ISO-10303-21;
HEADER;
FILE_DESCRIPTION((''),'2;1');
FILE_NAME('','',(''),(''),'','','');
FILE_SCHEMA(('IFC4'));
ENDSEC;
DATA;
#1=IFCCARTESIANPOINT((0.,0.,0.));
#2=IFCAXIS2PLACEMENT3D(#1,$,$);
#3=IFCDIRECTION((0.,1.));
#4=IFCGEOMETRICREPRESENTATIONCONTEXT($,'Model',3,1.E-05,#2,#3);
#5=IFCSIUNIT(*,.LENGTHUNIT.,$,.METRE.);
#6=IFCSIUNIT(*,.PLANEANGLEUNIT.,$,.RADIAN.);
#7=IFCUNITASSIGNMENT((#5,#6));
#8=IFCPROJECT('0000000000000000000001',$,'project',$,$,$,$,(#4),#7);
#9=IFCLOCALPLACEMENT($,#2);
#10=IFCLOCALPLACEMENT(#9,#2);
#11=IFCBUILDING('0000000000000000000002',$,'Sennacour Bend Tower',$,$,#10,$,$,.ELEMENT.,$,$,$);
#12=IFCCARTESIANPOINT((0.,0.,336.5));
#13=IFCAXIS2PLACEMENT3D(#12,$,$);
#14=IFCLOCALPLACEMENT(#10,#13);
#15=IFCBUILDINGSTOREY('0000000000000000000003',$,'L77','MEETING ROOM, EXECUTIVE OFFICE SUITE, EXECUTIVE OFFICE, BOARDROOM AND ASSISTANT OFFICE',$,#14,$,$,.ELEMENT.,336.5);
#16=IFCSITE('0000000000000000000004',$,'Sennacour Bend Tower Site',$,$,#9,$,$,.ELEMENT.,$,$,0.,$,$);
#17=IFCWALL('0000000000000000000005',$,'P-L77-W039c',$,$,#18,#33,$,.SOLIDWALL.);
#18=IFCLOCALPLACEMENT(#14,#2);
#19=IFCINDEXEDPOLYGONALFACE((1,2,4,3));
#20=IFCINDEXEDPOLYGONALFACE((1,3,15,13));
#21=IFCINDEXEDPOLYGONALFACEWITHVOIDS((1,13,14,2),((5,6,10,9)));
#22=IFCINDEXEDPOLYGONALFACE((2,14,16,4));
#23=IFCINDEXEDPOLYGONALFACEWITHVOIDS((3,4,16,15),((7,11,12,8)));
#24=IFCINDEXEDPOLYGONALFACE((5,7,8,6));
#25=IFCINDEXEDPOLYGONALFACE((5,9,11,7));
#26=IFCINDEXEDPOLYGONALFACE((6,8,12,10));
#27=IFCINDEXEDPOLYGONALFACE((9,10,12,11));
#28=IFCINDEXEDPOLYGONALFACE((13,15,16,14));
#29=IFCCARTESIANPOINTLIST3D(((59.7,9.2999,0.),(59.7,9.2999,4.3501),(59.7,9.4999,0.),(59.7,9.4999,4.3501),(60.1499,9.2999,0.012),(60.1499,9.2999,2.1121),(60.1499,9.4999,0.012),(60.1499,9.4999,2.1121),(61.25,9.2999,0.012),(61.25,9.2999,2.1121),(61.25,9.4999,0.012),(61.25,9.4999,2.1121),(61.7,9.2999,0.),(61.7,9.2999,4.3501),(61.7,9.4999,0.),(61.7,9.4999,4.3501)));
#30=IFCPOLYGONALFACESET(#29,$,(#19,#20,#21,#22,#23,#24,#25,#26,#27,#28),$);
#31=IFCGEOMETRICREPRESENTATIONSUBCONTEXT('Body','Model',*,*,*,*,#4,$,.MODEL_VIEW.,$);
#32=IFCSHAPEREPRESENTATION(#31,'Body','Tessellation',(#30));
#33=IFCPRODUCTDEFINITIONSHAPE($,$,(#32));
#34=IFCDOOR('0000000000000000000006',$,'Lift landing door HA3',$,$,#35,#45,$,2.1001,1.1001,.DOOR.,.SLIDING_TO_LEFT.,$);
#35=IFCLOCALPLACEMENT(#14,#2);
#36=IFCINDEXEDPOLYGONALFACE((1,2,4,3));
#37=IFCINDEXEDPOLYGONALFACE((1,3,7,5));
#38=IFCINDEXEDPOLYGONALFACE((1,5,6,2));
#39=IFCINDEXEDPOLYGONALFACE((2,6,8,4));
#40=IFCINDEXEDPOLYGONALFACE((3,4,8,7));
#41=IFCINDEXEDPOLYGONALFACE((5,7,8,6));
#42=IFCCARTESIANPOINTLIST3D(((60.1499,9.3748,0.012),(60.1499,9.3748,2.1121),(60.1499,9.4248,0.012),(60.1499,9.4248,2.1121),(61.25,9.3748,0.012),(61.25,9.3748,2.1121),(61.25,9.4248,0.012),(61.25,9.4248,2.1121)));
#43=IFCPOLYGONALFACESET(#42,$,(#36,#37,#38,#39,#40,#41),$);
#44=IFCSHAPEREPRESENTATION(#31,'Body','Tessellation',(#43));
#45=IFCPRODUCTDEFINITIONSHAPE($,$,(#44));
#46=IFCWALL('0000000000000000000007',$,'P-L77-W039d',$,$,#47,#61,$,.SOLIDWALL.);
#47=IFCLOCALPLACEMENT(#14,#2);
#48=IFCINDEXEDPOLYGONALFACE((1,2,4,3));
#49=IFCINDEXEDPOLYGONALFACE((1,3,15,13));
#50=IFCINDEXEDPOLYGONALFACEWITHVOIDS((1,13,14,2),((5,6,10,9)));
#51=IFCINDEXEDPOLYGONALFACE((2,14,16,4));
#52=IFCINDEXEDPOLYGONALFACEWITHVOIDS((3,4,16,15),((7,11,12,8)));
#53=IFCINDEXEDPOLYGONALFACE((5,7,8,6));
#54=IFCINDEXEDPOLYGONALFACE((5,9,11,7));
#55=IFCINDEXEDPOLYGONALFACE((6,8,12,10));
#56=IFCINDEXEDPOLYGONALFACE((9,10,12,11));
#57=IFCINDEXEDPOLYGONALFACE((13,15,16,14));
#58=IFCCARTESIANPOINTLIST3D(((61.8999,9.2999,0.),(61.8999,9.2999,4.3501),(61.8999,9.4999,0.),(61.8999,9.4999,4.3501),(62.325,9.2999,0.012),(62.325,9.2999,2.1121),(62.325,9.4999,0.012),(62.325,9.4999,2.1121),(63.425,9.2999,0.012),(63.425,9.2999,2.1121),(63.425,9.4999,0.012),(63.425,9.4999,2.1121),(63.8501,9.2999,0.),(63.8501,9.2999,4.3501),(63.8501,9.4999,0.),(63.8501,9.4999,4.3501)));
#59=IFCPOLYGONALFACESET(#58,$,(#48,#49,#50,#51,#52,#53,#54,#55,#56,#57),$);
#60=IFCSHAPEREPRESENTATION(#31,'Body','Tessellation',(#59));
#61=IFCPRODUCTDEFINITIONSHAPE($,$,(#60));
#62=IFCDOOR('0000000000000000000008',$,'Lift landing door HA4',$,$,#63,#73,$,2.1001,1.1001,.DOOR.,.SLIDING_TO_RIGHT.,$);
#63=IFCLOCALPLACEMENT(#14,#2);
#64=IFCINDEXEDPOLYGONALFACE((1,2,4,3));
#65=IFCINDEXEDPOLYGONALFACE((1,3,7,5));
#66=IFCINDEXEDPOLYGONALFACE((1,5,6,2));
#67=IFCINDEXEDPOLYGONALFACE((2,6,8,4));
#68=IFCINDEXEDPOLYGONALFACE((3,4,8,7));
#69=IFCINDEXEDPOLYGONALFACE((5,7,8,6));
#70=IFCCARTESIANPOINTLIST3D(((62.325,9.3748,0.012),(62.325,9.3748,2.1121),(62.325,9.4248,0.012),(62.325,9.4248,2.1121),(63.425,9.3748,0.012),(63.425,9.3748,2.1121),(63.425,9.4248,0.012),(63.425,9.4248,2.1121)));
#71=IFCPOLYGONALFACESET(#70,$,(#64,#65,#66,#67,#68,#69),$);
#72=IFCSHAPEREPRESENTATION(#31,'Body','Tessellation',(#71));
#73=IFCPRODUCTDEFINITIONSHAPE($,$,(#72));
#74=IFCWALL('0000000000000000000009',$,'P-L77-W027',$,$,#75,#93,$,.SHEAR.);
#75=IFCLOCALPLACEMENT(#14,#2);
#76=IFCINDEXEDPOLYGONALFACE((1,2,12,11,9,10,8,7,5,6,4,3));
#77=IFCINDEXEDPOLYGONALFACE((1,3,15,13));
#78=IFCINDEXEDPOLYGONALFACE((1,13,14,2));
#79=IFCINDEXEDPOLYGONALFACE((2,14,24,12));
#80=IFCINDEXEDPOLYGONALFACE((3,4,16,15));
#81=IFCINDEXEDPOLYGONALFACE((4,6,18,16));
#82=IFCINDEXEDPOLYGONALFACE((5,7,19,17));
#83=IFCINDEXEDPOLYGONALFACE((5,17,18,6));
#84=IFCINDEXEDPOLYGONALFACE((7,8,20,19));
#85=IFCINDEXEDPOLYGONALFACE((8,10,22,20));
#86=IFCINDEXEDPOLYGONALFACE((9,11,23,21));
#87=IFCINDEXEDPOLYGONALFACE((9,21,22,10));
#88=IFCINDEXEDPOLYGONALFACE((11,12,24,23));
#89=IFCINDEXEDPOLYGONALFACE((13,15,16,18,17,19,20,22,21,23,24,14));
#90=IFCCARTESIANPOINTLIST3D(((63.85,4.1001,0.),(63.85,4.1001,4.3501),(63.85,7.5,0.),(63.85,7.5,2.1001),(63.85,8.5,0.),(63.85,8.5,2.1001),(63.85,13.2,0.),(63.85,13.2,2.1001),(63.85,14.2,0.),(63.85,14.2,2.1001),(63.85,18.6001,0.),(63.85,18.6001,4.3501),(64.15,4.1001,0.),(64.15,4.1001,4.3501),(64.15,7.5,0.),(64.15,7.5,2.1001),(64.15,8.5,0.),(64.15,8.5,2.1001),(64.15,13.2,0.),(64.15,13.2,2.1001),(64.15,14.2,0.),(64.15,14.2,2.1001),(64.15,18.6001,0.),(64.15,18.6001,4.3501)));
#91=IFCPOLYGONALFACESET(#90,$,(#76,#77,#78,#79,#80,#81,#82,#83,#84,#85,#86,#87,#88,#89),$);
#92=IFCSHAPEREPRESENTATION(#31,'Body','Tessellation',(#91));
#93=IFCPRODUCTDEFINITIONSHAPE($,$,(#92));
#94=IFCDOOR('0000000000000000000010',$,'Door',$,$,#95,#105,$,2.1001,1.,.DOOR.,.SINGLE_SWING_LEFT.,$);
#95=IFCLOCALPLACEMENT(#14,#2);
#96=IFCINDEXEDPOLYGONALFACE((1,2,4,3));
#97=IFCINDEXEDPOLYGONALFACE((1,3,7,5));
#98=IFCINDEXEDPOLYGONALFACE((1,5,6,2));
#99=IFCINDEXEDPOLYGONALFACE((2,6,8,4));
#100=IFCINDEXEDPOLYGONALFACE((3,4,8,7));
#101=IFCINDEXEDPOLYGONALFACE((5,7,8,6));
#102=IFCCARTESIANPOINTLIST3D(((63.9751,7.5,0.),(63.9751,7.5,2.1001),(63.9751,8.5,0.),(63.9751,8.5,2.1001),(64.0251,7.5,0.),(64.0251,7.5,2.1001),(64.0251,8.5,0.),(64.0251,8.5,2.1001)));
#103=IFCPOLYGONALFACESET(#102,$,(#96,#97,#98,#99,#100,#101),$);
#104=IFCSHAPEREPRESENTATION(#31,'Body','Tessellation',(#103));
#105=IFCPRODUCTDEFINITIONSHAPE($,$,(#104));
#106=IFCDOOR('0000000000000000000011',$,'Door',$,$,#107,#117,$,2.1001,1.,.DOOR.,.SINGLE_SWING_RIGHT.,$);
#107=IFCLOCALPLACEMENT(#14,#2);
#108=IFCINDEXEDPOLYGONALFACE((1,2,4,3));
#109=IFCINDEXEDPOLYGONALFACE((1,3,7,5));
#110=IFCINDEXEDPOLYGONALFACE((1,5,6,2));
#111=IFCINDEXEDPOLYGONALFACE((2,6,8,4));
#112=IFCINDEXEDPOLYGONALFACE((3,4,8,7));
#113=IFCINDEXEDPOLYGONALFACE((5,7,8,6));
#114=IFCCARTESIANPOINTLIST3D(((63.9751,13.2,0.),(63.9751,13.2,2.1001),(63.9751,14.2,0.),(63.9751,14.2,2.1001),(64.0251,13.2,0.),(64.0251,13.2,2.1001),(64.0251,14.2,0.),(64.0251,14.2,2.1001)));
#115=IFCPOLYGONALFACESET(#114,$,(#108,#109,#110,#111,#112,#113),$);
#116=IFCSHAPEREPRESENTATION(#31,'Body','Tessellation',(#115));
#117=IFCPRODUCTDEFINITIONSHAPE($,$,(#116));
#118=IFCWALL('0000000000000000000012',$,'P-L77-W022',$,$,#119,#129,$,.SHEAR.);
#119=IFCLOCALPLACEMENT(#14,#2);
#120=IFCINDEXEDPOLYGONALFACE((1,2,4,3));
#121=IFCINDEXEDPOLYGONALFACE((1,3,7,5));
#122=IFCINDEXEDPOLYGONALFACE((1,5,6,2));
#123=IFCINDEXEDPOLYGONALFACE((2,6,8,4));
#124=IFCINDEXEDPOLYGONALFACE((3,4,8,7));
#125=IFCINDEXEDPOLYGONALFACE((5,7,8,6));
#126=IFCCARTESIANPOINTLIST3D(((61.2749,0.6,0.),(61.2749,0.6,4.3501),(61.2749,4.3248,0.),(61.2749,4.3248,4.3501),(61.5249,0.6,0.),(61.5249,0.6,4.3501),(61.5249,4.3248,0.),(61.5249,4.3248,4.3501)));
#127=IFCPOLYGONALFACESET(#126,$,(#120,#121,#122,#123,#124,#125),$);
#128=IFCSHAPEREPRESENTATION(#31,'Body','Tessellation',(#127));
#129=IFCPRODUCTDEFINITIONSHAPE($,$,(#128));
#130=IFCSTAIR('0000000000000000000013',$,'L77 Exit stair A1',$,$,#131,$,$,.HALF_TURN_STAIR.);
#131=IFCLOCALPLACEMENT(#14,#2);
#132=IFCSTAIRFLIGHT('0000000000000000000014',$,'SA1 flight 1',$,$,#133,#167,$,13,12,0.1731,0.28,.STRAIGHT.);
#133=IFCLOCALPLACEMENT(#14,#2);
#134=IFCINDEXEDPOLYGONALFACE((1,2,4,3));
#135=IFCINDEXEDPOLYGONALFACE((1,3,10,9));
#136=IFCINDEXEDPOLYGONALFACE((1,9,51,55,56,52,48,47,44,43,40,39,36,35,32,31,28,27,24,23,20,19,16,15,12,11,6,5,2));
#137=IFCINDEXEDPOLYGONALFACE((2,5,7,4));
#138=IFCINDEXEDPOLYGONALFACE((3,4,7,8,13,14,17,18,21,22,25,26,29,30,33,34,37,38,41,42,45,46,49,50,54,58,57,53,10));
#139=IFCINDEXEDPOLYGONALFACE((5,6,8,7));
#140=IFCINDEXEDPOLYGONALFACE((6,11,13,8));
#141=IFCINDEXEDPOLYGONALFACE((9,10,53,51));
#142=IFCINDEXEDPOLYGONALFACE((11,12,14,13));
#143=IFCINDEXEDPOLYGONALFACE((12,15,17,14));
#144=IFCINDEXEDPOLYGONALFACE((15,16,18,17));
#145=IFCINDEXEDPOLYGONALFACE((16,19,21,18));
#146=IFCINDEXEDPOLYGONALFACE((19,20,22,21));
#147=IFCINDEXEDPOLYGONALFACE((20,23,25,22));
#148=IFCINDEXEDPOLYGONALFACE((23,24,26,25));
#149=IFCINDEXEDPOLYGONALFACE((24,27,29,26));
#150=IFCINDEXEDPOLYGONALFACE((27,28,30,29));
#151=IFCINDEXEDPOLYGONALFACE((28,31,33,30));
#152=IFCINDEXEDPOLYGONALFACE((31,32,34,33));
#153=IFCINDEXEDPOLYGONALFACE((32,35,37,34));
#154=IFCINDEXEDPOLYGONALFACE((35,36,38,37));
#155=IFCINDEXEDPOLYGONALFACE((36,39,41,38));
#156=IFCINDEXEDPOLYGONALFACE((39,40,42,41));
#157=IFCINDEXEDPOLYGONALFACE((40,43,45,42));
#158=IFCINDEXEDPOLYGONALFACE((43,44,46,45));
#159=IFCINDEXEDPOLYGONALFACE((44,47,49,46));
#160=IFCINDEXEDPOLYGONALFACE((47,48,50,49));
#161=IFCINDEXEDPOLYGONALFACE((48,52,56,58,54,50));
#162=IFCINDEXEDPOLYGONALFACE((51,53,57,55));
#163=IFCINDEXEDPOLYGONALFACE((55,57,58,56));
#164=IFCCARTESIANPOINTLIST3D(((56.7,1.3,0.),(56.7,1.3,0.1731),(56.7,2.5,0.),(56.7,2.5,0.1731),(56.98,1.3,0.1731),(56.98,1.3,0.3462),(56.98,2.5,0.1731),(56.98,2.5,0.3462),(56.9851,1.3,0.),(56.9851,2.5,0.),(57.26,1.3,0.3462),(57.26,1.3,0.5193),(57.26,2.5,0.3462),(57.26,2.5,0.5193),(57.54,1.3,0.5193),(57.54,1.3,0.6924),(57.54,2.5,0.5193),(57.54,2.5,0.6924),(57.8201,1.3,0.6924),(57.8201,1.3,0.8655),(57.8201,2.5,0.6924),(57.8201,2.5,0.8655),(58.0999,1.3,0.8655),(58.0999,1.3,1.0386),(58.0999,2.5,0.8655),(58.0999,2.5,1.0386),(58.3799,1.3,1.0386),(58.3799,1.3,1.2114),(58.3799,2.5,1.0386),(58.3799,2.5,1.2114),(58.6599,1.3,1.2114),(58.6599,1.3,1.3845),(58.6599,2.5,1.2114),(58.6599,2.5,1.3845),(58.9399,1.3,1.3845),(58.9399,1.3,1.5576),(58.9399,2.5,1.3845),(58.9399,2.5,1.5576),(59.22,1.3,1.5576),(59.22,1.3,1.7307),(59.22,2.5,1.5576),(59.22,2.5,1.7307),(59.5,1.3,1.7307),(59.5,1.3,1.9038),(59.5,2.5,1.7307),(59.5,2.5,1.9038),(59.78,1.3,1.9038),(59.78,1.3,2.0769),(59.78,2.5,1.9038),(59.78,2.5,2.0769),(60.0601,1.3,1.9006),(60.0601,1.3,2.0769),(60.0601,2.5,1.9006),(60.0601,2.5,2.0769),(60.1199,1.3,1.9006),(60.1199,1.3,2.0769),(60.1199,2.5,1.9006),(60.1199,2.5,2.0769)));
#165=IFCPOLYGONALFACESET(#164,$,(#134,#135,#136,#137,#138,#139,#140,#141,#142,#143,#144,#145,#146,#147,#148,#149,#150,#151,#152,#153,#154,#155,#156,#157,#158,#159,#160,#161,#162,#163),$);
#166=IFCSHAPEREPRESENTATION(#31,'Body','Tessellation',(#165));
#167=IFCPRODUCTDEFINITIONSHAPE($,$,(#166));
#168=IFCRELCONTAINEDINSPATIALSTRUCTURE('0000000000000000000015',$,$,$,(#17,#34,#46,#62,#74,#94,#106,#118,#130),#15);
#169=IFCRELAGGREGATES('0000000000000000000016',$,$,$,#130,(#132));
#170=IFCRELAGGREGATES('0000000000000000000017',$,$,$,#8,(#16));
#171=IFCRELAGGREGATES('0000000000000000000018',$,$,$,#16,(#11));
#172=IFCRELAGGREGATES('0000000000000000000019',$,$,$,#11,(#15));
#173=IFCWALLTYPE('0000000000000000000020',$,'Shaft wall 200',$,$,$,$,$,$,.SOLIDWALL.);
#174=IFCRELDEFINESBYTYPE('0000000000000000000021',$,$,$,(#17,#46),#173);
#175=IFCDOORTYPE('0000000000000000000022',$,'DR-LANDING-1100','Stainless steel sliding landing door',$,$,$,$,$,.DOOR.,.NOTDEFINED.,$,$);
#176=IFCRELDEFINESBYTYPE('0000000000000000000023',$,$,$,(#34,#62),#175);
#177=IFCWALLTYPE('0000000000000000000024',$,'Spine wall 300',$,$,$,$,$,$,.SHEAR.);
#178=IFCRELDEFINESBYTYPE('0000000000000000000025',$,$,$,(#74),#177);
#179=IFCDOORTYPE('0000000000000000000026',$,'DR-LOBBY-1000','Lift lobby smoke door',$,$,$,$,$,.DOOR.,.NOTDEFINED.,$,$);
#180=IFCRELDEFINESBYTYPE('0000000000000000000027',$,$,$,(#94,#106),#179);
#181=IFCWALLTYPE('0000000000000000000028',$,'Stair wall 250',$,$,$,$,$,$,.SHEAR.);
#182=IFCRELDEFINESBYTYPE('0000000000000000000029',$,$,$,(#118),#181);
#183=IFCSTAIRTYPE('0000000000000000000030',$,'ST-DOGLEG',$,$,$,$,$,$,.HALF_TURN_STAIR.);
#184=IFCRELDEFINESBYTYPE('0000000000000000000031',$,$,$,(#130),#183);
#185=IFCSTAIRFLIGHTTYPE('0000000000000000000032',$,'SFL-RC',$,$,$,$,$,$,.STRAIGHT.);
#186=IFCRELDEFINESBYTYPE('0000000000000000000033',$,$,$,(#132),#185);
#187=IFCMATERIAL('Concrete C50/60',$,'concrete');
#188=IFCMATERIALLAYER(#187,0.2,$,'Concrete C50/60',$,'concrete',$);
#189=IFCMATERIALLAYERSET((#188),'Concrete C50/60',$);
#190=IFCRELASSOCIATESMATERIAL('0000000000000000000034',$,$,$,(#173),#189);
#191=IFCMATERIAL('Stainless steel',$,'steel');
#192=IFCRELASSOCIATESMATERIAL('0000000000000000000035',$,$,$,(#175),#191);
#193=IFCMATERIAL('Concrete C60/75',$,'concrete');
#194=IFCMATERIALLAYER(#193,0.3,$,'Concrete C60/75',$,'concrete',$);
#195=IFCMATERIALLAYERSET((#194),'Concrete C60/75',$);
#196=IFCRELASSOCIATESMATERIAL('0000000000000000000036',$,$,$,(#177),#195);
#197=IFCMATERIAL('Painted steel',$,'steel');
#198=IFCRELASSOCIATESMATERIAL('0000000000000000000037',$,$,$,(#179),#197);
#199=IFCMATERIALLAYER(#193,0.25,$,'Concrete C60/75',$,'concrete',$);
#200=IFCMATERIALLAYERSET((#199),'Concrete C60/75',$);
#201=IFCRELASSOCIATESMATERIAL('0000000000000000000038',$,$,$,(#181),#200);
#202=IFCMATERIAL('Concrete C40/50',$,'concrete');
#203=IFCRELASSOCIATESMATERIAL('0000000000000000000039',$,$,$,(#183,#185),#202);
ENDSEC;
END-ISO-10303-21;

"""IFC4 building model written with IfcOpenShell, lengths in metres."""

from ifc_helpers import new_model, si_unit, direction, frame, frame_2d, origin, place, context, subcontext, project, spatial, polyline, rectangle, outline, extrude, material, layer, layer_set, type_object, element, fill, aggregate, save


model = new_model("IFC4")

# Units and contexts
model_context = context("Model", 3, precision=1e-05, world=origin(), true_north=direction((0.0, 1.0)))
body_context = subcontext(model_context, "Body", "Model", "MODEL_VIEW")
ifc_project = project(units=[si_unit("LENGTHUNIT", "METRE"), si_unit("PLANEANGLEUNIT", "RADIAN")], contexts=[model_context])

# Site, building, storey
site_placement = place(None, origin())
site = spatial("IfcSite", under=ifc_project, at=site_placement, Name="Sennacour Bend Tower Site", CompositionType="ELEMENT", RefElevation=0.0)
building_placement = place(site_placement, origin())
building = spatial("IfcBuilding", under=site, at=building_placement, Name="Sennacour Bend Tower", CompositionType="ELEMENT")
storey_placement = place(building_placement, frame((0.0, 0.0, 336.5)))
storey = spatial("IfcBuildingStorey", under=building, at=storey_placement, Name="L77", Description="MEETING ROOM, EXECUTIVE OFFICE SUITE, EXECUTIVE OFFICE, BOARDROOM AND ASSISTANT OFFICE", CompositionType="ELEMENT", Elevation=336.5)

# Shared definitions
ifc_material_1 = material(Name="Concrete C50/60", Category="concrete")

# Shared definitions
ifc_material_2 = material(Name="Painted steel", Category="steel")

# Shared definitions
ifc_layer_1 = layer(ifc_material_1, 0.2, Name="Concrete C50/60", Category="concrete")
ifc_layer_set_1 = layer_set([ifc_layer_1], Name="Concrete C50/60")
wall_type_1 = type_object("IfcWallType", Name="Shaft wall 200", PredefinedType="SOLIDWALL", material=ifc_layer_set_1)

# Walls, openings, doors
ifc_material_3 = material(Name="Stainless steel", Category="steel")
door_type_1 = type_object("IfcDoorType", Name="DR-LANDING-1100", Description="Stainless steel sliding landing door", OperationType="NOTDEFINED", PredefinedType="DOOR", material=ifc_material_3)
wall_1_placement = place(storey_placement, frame((59.7, 9.3999, 0.0), z_axis=(0.0, 0.0, 1.0), x_axis=(1.0, 0.0, 0.0)))
wall_1 = element("IfcWall", 1, at=wall_1_placement, inside=storey, type_object=wall_type_1, Name="P-L77-W039c", PredefinedType="SOLIDWALL", context=body_context, shape_type="SweptSolid", body=[
    extrude(rectangle(XDim=2.0, YDim=0.2, at=frame_2d((1.0, 0.0))), origin(), (0.0, 0.0, 1.0), 4.3501),
])
opening_1_placement = place(wall_1_placement, frame((0.45, 0.0, 0.012)))
opening_1 = element("IfcOpeningElement", 2, at=opening_1_placement, cuts=wall_1, PredefinedType="OPENING", context=body_context, shape_type="SweptSolid", body=[
    extrude(rectangle(XDim=1.1001, YDim=2.1001, at=frame_2d((0.55, 1.05))), frame((0.0, 0.1099, 0.0), z_axis=(0.0, -1.0, 0.0), x_axis=(1.0, 0.0, 0.0)), (0.0, 0.0, 1.0), 0.22),
])
door_1_placement = place(opening_1_placement, origin())
door_1 = element("IfcDoor", 3, at=door_1_placement, inside=storey, type_object=door_type_1, Name="Lift landing door HA3", OperationType="SLIDING_TO_LEFT", OverallHeight=2.1001, OverallWidth=1.1001, PredefinedType="DOOR", context=body_context, shape_type="SweptSolid", body=[
    extrude(rectangle(XDim=1.1001, YDim=2.1001, at=frame_2d((0.55, 1.05))), frame((0.0, 0.0249, 0.0), z_axis=(0.0, -1.0, 0.0), x_axis=(1.0, 0.0, 0.0)), (0.0, 0.0, 1.0), 0.05),
])
fill(opening_1, door_1)
wall_2_placement = place(storey_placement, frame((61.8999, 9.3999, 0.0), z_axis=(0.0, 0.0, 1.0), x_axis=(1.0, 0.0, 0.0)))
wall_2 = element("IfcWall", 4, at=wall_2_placement, inside=storey, type_object=wall_type_1, Name="P-L77-W039d", PredefinedType="SOLIDWALL", context=body_context, shape_type="SweptSolid", body=[
    extrude(rectangle(XDim=1.9502, YDim=0.2, at=frame_2d((0.9751, 0.0))), origin(), (0.0, 0.0, 1.0), 4.3501),
])
opening_2_placement = place(wall_2_placement, frame((0.425, 0.0, 0.012)))
opening_2 = element("IfcOpeningElement", 5, at=opening_2_placement, cuts=wall_2, PredefinedType="OPENING", context=body_context, shape_type="SweptSolid", body=[
    extrude(rectangle(XDim=1.1001, YDim=2.1001, at=frame_2d((0.55, 1.05))), frame((0.0, 0.1099, 0.0), z_axis=(0.0, -1.0, 0.0), x_axis=(1.0, 0.0, 0.0)), (0.0, 0.0, 1.0), 0.22),
])
door_2_placement = place(opening_2_placement, origin())
door_2 = element("IfcDoor", 6, at=door_2_placement, inside=storey, type_object=door_type_1, Name="Lift landing door HA4", OperationType="SLIDING_TO_RIGHT", OverallHeight=2.1001, OverallWidth=1.1001, PredefinedType="DOOR", context=body_context, shape_type="SweptSolid", body=[
    extrude(rectangle(XDim=1.1001, YDim=2.1001, at=frame_2d((0.55, 1.05))), frame((0.0, 0.0249, 0.0), z_axis=(0.0, -1.0, 0.0), x_axis=(1.0, 0.0, 0.0)), (0.0, 0.0, 1.0), 0.05),
])
fill(opening_2, door_2)

# Wall, openings, doors
ifc_material_4 = material(Name="Concrete C60/75", Category="concrete")
ifc_layer_2 = layer(ifc_material_4, 0.3, Name="Concrete C60/75", Category="concrete")
ifc_layer_set_2 = layer_set([ifc_layer_2], Name="Concrete C60/75")
wall_type_2 = type_object("IfcWallType", Name="Spine wall 300", PredefinedType="SHEAR", material=ifc_layer_set_2)
wall_3_placement = place(storey_placement, frame((64.0, 4.1001, 0.0), z_axis=(0.0, 0.0, 1.0), x_axis=(0.0, 1.0, 0.0)))
wall_3 = element("IfcWall", 7, at=wall_3_placement, inside=storey, type_object=wall_type_2, Name="P-L77-W027", PredefinedType="SHEAR", context=body_context, shape_type="SweptSolid", body=[
    extrude(rectangle(XDim=14.5, YDim=0.3, at=frame_2d((7.25, 0.0))), origin(), (0.0, 0.0, 1.0), 4.3501),
])
opening_3_placement = place(wall_3_placement, frame((3.3999, 0.0, 0.0)))
opening_3 = element("IfcOpeningElement", 8, at=opening_3_placement, cuts=wall_3, PredefinedType="OPENING", context=body_context, shape_type="SweptSolid", body=[
    extrude(rectangle(XDim=1.0, YDim=2.1001, at=frame_2d((0.5, 1.05))), frame((0.0, 0.1602, 0.0), z_axis=(0.0, -1.0, 0.0), x_axis=(1.0, 0.0, 0.0)), (0.0, 0.0, 1.0), 0.3201),
])
opening_4_placement = place(wall_3_placement, frame((9.0999, 0.0, 0.0)))
opening_4 = element("IfcOpeningElement", 9, at=opening_4_placement, cuts=wall_3, PredefinedType="OPENING", context=body_context, shape_type="SweptSolid", body=[
    extrude(rectangle(XDim=1.0, YDim=2.1001, at=frame_2d((0.5, 1.05))), frame((0.0, 0.1602, 0.0), z_axis=(0.0, -1.0, 0.0), x_axis=(1.0, 0.0, 0.0)), (0.0, 0.0, 1.0), 0.3201),
])
door_type_2 = type_object("IfcDoorType", Name="DR-LOBBY-1000", Description="Lift lobby smoke door", OperationType="NOTDEFINED", PredefinedType="DOOR", material=ifc_material_2)
door_3_placement = place(opening_3_placement, origin())
door_3 = element("IfcDoor", 10, at=door_3_placement, inside=storey, type_object=door_type_2, Name="Door", OperationType="SINGLE_SWING_LEFT", OverallHeight=2.1001, OverallWidth=1.0, PredefinedType="DOOR", context=body_context, shape_type="SweptSolid", body=[
    extrude(rectangle(XDim=1.0, YDim=2.1001, at=frame_2d((0.5, 1.05))), frame((0.0, 0.0249, 0.0), z_axis=(0.0, -1.0, 0.0), x_axis=(1.0, 0.0, 0.0)), (0.0, 0.0, 1.0), 0.05),
])
fill(opening_3, door_3)
door_4_placement = place(opening_4_placement, origin())
door_4 = element("IfcDoor", 11, at=door_4_placement, inside=storey, type_object=door_type_2, Name="Door", OperationType="SINGLE_SWING_RIGHT", OverallHeight=2.1001, OverallWidth=1.0, PredefinedType="DOOR", context=body_context, shape_type="SweptSolid", body=[
    extrude(rectangle(XDim=1.0, YDim=2.1001, at=frame_2d((0.5, 1.05))), frame((0.0, 0.0249, 0.0), z_axis=(0.0, -1.0, 0.0), x_axis=(1.0, 0.0, 0.0)), (0.0, 0.0, 1.0), 0.05),
])
fill(opening_4, door_4)

# Wall
ifc_layer_3 = layer(ifc_material_4, 0.25, Name="Concrete C60/75", Category="concrete")
ifc_layer_set_3 = layer_set([ifc_layer_3], Name="Concrete C60/75")
wall_type_3 = type_object("IfcWallType", Name="Stair wall 250", PredefinedType="SHEAR", material=ifc_layer_set_3)
wall_4_placement = place(storey_placement, frame((61.3999, 0.6001, 0.0), z_axis=(0.0, 0.0, 1.0), x_axis=(0.0, 1.0, 0.0)))
element("IfcWall", 12, at=wall_4_placement, inside=storey, type_object=wall_type_3, Name="P-L77-W022", PredefinedType="SHEAR", context=body_context, shape_type="SweptSolid", body=[
    extrude(rectangle(XDim=3.7249, YDim=0.25, at=frame_2d((1.8623, 0.0))), origin(), (0.0, 0.0, 1.0), 4.3501),
])

# Stair, stair flight
ifc_material_5 = material(Name="Concrete C40/50", Category="concrete")
stair_type = type_object("IfcStairType", Name="ST-DOGLEG", PredefinedType="HALF_TURN_STAIR", material=ifc_material_5)
stair_placement = place(storey_placement, origin())
stair = element("IfcStair", 13, at=stair_placement, inside=storey, type_object=stair_type, Name="L77 Exit stair A1", PredefinedType="HALF_TURN_STAIR")
stair_flight_type = type_object("IfcStairFlightType", Name="SFL-RC", PredefinedType="STRAIGHT", material=ifc_material_5)
stair_flight_1_placement = place(storey_placement, frame((56.7, 1.8999, 0.0), z_axis=(0.0, 0.0, 1.0), x_axis=(1.0, 0.0, 0.0)))
stair_flight_1 = element("IfcStairFlight", 14, at=stair_flight_1_placement, type_object=stair_flight_type, Name="SA1 flight 1", NumberOfRisers=13, NumberOfTreads=12, PredefinedType="STRAIGHT", RiserHeight=0.1731, TreadLength=0.28, context=body_context, shape_type="SweptSolid", body=[
    extrude(outline(polyline([(0.0, 0.0), (0.0, 0.1731), (0.28, 0.1731), (0.28, 0.3462), (0.5601, 0.3462), (0.5601, 0.5193), (0.8401, 0.5193), (0.8401, 0.6924), (1.1201, 0.6924), (1.1201, 0.8655), (1.3999, 0.8655), (1.3999, 1.0386), (1.6799, 1.0386), (1.6799, 1.2114), (1.96, 1.2114), (1.96, 1.3845), (2.24, 1.3845), (2.24, 1.5576), (2.52, 1.5576), (2.52, 1.7307), (2.8, 1.7307), (2.8, 1.9038), (3.0801, 1.9038), (3.0801, 2.0769), (3.3601, 2.0769), (3.4199, 2.0769), (3.4199, 1.9006), (3.3601, 1.9006), (0.2852, 0.0), (0.0, 0.0)])), frame((0.0, 0.6001, 0.0), z_axis=(0.0, -1.0, 0.0), x_axis=(1.0, 0.0, 0.0)), (0.0, 0.0, 1.0), 1.2),
])
aggregate(stair, [stair_flight_1])

save(model, "model.ifc")
